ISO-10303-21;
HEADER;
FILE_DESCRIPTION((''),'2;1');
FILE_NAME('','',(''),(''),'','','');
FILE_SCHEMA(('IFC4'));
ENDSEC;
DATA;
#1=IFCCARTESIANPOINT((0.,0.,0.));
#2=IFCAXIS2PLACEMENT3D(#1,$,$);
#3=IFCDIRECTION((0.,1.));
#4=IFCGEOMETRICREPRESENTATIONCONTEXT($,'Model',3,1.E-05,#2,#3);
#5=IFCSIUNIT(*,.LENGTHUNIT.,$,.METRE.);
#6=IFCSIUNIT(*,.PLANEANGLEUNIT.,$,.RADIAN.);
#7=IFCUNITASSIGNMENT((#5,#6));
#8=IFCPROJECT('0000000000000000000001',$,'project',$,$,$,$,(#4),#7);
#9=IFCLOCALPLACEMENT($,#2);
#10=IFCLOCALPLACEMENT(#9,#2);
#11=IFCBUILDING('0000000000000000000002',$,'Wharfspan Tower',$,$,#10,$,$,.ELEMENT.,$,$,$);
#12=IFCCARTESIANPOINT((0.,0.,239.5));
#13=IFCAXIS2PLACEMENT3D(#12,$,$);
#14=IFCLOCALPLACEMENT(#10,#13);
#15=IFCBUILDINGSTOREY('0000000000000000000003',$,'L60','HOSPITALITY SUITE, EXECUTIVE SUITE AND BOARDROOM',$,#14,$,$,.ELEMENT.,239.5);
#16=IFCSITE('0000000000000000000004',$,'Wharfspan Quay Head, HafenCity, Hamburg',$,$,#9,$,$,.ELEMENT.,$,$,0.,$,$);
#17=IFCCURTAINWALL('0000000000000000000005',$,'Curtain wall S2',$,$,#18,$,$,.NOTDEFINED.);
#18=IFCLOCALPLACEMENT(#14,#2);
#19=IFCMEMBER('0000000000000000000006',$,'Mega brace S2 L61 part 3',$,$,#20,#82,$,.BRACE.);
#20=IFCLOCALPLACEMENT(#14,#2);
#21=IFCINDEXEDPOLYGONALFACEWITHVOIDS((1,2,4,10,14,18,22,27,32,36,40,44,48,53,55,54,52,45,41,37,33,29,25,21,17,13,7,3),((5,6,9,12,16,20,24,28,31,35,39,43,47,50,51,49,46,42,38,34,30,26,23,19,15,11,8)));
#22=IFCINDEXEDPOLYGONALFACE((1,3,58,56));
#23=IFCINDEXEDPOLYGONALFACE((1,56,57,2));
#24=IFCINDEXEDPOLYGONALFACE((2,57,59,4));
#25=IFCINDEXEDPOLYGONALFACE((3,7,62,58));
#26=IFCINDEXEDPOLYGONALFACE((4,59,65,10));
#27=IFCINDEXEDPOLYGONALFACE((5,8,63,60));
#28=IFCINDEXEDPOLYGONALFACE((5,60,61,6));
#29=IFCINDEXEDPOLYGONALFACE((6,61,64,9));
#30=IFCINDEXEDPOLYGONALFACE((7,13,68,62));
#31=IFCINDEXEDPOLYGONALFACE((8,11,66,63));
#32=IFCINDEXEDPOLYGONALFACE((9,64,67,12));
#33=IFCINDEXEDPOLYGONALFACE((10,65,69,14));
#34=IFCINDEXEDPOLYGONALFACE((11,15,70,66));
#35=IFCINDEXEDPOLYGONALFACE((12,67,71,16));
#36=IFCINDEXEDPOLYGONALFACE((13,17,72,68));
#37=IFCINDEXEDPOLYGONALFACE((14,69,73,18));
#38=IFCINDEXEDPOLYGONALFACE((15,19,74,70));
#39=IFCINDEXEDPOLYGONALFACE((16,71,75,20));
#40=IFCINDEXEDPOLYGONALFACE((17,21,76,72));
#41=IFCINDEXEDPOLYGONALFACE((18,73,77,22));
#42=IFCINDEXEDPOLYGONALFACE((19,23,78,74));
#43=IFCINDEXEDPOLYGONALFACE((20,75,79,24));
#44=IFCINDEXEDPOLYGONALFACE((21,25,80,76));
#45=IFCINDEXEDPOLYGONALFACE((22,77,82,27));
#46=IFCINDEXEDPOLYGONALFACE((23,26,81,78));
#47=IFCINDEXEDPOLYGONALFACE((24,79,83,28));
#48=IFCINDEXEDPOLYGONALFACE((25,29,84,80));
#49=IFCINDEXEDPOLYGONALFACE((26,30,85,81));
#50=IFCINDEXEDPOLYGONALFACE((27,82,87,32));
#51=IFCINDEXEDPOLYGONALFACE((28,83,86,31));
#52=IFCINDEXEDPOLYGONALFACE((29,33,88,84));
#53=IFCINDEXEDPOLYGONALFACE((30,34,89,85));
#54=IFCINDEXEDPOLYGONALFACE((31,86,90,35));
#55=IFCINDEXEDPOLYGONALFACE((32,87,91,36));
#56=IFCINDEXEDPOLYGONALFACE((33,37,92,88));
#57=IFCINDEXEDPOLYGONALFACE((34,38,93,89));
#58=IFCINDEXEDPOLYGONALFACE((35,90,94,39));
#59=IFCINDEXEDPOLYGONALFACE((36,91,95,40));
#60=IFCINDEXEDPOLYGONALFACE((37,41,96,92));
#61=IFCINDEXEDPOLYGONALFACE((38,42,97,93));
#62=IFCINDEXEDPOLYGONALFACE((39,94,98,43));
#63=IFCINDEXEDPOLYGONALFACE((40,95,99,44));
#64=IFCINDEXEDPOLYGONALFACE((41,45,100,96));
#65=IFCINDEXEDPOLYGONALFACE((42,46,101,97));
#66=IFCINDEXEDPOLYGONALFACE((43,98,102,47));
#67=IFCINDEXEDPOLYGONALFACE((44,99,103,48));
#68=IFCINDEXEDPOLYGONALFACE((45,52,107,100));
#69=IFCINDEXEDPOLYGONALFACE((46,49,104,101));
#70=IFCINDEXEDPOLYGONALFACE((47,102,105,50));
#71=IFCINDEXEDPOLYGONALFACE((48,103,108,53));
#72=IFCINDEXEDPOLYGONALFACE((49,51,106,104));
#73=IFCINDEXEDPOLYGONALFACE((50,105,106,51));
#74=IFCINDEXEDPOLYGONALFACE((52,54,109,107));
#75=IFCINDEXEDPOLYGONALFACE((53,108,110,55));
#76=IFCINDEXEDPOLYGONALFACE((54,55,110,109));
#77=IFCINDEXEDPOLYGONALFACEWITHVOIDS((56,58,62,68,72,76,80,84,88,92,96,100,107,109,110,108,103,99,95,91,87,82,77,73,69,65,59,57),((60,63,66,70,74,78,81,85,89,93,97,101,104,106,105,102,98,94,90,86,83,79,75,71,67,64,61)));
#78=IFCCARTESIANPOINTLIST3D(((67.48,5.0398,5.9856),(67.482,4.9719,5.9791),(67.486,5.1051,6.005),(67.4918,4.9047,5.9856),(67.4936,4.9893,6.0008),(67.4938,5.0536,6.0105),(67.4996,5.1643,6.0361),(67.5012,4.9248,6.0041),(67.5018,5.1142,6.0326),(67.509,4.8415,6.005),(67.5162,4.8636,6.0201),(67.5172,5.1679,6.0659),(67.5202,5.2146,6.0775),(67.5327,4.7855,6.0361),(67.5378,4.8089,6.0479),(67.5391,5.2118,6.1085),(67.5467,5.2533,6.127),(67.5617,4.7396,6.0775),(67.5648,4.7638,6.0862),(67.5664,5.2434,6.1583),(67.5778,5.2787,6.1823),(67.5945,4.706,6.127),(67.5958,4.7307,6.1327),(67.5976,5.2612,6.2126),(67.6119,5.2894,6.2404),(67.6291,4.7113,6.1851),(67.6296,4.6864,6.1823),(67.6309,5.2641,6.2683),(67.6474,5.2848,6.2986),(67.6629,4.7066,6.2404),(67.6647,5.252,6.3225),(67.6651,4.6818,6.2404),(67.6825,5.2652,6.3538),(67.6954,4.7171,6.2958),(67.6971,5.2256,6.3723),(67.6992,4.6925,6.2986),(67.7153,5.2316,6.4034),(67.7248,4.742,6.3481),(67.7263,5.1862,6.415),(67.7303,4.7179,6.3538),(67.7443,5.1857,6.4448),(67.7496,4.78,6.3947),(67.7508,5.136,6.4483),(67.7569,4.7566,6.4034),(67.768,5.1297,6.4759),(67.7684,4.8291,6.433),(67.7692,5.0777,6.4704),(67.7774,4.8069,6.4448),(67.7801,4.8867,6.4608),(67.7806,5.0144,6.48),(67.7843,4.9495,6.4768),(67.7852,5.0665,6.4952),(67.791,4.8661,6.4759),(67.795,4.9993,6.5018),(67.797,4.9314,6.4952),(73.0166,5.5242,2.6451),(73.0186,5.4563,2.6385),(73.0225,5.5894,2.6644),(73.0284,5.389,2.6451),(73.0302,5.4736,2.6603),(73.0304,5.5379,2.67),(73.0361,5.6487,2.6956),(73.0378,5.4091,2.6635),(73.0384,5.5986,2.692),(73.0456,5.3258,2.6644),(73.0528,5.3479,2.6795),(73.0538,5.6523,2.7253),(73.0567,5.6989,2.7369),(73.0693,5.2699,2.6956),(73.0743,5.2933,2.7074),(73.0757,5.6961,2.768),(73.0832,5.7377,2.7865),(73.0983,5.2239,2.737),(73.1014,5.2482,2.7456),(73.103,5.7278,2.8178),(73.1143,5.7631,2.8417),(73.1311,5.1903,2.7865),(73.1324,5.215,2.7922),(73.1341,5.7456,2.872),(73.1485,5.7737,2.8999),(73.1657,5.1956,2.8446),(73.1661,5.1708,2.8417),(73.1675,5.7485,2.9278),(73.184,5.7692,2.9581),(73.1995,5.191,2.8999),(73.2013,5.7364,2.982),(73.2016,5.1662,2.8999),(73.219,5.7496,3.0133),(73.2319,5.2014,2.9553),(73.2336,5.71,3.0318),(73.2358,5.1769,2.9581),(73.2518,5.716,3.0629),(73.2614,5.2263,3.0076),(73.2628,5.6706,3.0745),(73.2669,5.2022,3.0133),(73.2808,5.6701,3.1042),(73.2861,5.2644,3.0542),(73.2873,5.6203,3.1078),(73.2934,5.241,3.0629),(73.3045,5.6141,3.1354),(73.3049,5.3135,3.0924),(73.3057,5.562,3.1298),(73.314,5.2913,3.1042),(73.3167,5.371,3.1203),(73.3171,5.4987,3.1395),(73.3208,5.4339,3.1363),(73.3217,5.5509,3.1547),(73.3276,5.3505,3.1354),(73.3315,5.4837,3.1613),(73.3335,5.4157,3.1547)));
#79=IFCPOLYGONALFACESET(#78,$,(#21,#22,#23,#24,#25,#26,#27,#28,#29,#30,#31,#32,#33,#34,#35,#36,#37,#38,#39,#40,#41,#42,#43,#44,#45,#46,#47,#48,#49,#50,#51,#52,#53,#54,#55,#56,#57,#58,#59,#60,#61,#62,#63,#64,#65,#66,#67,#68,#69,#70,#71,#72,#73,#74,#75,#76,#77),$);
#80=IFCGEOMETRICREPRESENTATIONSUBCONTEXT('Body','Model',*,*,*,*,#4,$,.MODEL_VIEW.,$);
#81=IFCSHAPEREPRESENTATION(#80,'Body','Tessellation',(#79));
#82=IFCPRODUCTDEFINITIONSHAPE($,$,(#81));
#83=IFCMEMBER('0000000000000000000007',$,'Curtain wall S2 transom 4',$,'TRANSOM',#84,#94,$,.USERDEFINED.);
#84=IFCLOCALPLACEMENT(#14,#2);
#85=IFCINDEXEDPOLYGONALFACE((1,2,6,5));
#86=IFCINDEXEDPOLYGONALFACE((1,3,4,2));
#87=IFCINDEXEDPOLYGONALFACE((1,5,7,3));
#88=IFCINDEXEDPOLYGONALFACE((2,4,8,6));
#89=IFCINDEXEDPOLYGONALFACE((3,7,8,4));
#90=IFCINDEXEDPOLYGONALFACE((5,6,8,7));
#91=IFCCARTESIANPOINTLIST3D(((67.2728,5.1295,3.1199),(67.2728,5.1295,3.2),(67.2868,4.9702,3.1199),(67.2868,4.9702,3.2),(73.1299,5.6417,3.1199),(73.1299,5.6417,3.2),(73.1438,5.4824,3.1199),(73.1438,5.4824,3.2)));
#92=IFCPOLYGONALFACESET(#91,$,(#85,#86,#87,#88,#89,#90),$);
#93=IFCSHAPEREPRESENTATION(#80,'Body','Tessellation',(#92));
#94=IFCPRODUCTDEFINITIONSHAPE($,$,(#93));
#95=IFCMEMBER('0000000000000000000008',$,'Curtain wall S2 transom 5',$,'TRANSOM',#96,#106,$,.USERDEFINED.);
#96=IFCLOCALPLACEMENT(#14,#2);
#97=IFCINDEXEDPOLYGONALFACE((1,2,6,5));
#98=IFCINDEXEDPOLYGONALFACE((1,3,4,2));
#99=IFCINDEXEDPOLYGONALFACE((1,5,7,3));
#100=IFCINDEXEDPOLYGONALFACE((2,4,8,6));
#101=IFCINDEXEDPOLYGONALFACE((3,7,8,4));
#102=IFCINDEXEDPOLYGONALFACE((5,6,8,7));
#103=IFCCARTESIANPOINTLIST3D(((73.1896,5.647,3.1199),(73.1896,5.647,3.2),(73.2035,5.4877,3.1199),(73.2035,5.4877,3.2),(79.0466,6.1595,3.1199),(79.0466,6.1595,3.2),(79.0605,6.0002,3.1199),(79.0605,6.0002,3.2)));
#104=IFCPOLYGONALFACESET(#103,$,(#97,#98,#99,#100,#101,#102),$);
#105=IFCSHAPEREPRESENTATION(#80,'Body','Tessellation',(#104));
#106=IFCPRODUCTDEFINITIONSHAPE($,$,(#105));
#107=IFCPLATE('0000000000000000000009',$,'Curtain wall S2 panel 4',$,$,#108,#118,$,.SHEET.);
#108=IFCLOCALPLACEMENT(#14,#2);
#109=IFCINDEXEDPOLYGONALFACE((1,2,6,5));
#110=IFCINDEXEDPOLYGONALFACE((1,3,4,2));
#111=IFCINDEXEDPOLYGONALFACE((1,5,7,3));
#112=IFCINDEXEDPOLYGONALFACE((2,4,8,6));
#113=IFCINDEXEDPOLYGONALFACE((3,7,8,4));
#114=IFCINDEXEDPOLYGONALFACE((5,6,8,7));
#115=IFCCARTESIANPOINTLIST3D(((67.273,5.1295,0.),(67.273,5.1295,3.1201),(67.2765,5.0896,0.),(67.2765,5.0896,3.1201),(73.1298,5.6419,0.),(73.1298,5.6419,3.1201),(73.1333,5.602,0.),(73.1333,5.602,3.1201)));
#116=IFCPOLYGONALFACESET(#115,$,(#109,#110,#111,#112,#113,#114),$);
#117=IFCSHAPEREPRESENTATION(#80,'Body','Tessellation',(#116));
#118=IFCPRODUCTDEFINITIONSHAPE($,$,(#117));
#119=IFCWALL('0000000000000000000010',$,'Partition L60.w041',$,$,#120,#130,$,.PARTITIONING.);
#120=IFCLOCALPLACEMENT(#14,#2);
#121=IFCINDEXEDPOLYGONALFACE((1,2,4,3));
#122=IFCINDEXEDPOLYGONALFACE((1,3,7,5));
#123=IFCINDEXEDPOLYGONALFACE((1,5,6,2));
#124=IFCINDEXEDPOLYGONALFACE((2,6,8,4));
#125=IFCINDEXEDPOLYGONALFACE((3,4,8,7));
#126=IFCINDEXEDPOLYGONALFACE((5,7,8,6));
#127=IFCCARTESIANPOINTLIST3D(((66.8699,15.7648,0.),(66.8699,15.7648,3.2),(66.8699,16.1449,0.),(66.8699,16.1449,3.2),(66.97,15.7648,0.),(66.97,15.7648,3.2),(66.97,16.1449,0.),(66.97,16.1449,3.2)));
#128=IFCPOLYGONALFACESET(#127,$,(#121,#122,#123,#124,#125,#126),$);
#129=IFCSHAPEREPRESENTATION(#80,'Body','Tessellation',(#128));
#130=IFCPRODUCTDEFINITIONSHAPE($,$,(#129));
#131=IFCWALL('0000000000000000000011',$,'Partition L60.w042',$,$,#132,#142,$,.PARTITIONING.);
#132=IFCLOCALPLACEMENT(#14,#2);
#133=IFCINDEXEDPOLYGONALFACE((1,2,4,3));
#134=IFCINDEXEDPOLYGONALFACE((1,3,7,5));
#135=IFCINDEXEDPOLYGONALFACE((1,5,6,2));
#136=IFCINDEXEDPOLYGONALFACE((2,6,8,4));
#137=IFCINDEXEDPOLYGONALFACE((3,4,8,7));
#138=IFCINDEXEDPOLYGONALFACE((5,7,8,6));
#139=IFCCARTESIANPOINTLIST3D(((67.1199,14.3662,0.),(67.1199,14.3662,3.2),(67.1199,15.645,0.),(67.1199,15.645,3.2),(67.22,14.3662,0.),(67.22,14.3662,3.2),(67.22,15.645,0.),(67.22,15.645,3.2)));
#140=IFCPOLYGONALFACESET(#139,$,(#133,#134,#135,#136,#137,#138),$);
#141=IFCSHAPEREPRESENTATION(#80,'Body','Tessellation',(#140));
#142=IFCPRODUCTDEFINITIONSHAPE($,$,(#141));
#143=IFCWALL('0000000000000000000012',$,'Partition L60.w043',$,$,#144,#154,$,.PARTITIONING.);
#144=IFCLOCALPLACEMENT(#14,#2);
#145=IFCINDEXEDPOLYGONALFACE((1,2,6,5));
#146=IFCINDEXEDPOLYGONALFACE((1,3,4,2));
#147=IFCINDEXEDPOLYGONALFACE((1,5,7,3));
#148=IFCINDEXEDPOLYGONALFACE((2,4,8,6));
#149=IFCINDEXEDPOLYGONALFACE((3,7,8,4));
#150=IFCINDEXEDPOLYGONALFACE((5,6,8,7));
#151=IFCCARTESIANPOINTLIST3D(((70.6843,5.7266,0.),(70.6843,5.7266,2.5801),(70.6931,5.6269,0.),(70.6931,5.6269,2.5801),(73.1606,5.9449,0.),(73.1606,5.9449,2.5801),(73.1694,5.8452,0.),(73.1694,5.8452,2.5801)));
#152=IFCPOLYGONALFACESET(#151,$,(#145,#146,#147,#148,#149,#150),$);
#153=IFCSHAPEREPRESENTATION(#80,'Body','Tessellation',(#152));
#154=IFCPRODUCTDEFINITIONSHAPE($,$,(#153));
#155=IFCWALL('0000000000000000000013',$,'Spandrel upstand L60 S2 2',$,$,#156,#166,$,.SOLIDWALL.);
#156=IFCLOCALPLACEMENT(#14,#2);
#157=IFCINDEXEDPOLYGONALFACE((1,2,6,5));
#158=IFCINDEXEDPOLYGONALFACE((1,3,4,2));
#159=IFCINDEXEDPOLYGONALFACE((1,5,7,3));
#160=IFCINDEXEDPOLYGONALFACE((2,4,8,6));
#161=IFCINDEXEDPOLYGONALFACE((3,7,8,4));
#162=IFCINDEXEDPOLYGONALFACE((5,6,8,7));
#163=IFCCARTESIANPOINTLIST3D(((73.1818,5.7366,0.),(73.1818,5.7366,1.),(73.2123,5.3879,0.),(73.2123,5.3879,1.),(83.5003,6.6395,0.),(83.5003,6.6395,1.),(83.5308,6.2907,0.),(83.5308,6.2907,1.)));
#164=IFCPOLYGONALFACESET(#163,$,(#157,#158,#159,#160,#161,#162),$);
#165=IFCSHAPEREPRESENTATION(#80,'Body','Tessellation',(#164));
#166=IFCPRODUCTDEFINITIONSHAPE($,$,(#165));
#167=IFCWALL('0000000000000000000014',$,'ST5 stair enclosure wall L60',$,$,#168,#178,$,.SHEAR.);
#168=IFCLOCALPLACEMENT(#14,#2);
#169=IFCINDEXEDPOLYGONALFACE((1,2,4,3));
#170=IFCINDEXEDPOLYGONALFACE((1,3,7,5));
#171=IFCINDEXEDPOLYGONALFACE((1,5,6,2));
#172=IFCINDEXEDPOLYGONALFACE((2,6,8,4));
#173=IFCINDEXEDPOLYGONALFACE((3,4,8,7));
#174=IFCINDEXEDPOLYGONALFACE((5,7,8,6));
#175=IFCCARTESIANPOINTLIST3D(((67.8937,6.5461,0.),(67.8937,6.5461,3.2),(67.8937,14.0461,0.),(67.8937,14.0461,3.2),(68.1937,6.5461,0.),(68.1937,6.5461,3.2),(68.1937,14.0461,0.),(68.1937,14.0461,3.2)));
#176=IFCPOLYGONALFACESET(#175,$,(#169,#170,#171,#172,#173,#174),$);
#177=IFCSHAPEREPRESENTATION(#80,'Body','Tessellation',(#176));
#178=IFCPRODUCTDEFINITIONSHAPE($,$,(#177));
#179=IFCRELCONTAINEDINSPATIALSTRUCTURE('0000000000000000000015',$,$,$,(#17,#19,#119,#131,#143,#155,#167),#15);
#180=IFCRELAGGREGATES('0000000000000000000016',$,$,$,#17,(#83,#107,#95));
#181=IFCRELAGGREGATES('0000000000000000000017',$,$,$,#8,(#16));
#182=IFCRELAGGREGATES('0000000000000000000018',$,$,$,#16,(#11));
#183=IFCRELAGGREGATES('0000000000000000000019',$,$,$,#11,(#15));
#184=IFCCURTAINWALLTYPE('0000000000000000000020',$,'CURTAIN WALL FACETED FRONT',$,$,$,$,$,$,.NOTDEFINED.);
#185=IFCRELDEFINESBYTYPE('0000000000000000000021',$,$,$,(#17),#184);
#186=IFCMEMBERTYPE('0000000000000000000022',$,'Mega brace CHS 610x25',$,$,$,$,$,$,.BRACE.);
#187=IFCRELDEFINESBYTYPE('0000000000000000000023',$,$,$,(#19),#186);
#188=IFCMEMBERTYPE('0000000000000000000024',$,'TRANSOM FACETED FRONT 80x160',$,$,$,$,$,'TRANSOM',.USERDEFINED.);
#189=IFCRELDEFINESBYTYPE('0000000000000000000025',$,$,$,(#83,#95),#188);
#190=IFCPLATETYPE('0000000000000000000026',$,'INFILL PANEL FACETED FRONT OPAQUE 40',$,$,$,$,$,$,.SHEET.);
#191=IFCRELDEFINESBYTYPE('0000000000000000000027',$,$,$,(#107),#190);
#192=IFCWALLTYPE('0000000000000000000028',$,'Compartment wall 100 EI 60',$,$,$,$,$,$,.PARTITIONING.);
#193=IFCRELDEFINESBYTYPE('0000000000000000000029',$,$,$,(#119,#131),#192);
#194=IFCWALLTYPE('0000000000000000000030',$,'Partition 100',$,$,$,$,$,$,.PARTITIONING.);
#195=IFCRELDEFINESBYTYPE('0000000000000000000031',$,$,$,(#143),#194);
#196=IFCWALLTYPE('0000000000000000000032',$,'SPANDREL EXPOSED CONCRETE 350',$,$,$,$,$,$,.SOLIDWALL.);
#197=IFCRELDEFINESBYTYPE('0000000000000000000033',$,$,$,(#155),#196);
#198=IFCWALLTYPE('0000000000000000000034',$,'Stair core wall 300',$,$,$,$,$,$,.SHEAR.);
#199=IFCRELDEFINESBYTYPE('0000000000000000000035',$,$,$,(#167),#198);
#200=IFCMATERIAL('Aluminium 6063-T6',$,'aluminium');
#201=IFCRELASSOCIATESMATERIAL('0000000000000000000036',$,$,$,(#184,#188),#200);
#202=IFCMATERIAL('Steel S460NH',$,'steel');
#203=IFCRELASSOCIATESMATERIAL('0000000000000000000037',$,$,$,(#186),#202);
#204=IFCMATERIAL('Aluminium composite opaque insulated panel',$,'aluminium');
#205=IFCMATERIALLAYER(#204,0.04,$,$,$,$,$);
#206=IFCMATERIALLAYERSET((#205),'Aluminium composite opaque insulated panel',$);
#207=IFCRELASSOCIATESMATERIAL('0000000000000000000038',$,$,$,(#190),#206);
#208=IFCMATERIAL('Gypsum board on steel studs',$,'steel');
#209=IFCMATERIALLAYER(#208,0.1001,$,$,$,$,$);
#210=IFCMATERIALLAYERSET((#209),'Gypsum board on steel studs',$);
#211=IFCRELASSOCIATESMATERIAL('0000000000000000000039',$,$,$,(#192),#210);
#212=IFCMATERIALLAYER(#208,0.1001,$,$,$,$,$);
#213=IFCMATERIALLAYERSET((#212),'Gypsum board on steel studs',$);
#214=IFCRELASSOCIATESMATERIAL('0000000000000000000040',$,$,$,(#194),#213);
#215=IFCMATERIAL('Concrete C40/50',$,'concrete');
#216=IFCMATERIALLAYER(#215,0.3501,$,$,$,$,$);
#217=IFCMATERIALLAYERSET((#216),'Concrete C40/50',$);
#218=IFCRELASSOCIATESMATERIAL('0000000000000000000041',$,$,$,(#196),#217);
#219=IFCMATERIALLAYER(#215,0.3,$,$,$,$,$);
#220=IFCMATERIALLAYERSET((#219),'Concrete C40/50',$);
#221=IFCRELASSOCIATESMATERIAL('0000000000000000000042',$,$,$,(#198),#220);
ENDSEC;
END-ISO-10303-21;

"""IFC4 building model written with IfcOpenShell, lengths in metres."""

from ifc_helpers import new_model, si_unit, direction, frame, frame_2d, origin, origin_2d, place, context, subcontext, project, spatial, rectangle, hollow_circle, extrude, material, layer, layer_set, material_profile, profile_set, type_object, element, aggregate, save


model = new_model("IFC4")

# Units and contexts
model_context = context("Model", 3, precision=1e-05, world=origin(), true_north=direction((0.0, 1.0)))
body_context = subcontext(model_context, "Body", "Model", "MODEL_VIEW")
ifc_project = project(units=[si_unit("LENGTHUNIT", "METRE"), si_unit("PLANEANGLEUNIT", "RADIAN")], contexts=[model_context])

# Site, building, storey
site_placement = place(None, origin())
site = spatial("IfcSite", under=ifc_project, at=site_placement, Name="Wharfspan Quay Head, HafenCity, Hamburg", CompositionType="ELEMENT", RefElevation=0.0)
building_placement = place(site_placement, origin())
building = spatial("IfcBuilding", under=site, at=building_placement, Name="Wharfspan Tower", CompositionType="ELEMENT")
storey_placement = place(building_placement, frame((0.0, 0.0, 239.5)))
storey = spatial("IfcBuildingStorey", under=building, at=storey_placement, Name="L60", Description="HOSPITALITY SUITE, EXECUTIVE SUITE AND BOARDROOM", CompositionType="ELEMENT", Elevation=239.5)

# Curtain wall
ifc_material_1 = material(Name="Aluminium 6063-T6", Category="aluminium")
curtain_wall_type = type_object("IfcCurtainWallType", Name="CURTAIN WALL FACETED FRONT", PredefinedType="NOTDEFINED", material=ifc_material_1)
curtain_wall_placement = place(storey_placement, origin())
curtain_wall = element("IfcCurtainWall", 1, at=curtain_wall_placement, inside=storey, type_object=curtain_wall_type, Name="Curtain wall S2", PredefinedType="NOTDEFINED")

# Members
ifc_material_2 = material(Name="Steel S460NH", Category="steel")
ifc_material_profile_1 = material_profile(ifc_material_2, hollow_circle(Radius=0.3049, WallThickness=0.0249, at=origin_2d()))
ifc_profile_set_1 = profile_set([ifc_material_profile_1], Name="Steel S460NH")
member_type_1 = type_object("IfcMemberType", Name="Mega brace CHS 610x25", PredefinedType="BRACE", material=ifc_profile_set_1)
member_1_placement = place(storey_placement, frame((73.175, 5.47, 2.8999), z_axis=(-0.853829, -0.074698, 0.515166), x_axis=(0.087155, -0.996197, 0.000003)))
element("IfcMember", 2, at=member_1_placement, inside=storey, type_object=member_type_1, Name="Mega brace S2 L61 part 3", PredefinedType="BRACE", context=body_context, shape_type="SweptSolid", body=[
    extrude(hollow_circle(Radius=0.3049, WallThickness=0.0249, at=origin_2d()), origin(), (0.0, 0.0, 1.0), 6.4844),
])
ifc_material_profile_2 = material_profile(ifc_material_1, rectangle(XDim=0.1599, YDim=0.0801, at=origin_2d()))
ifc_profile_set_2 = profile_set([ifc_material_profile_2], Name="Aluminium 6063-T6")
member_type_2 = type_object("IfcMemberType", Name="TRANSOM FACETED FRONT 80x160", ElementType="TRANSOM", PredefinedType="USERDEFINED", material=ifc_profile_set_2)
member_2_placement = place(storey_placement, frame((67.2798, 5.0498, 3.1599), z_axis=(0.996198, 0.087121, 0.0), x_axis=(-0.087121, 0.996198, 0.0)))
member_2 = element("IfcMember", 3, at=member_2_placement, type_object=member_type_2, Name="Curtain wall S2 transom 4", ObjectType="TRANSOM", PredefinedType="USERDEFINED", context=body_context, shape_type="SweptSolid", body=[
    extrude(rectangle(XDim=0.1599, YDim=0.0801, at=origin_2d()), origin(), (0.0, 0.0, 1.0), 5.8794),
])
member_3_placement = place(storey_placement, frame((73.1965, 5.5674, 3.1599), z_axis=(0.996194, 0.087162, 0.0), x_axis=(-0.087162, 0.996194, 0.0)))
member_3 = element("IfcMember", 4, at=member_3_placement, type_object=member_type_2, Name="Curtain wall S2 transom 5", ObjectType="TRANSOM", PredefinedType="USERDEFINED", context=body_context, shape_type="SweptSolid", body=[
    extrude(rectangle(XDim=0.1599, YDim=0.0801, at=origin_2d()), origin(), (0.0, 0.0, 1.0), 5.8794),
])

# Plate
ifc_material_3 = material(Name="Aluminium composite opaque insulated panel", Category="aluminium")
ifc_layer_1 = layer(ifc_material_3, 0.04)
ifc_layer_set_1 = layer_set([ifc_layer_1], Name="Aluminium composite opaque insulated panel")
plate_type = type_object("IfcPlateType", Name="INFILL PANEL FACETED FRONT OPAQUE 40", PredefinedType="SHEET", material=ifc_layer_set_1)
plate_placement = place(storey_placement, frame((70.2031, 5.3657, 0.0), z_axis=(0.0, 0.0, 1.0), x_axis=(0.996197, 0.087156, 0.0)))
plate = element("IfcPlate", 5, at=plate_placement, type_object=plate_type, Name="Curtain wall S2 panel 4", PredefinedType="SHEET", context=body_context, shape_type="SweptSolid", body=[
    extrude(rectangle(XDim=5.8792, YDim=0.04, at=origin_2d()), origin(), (0.0, 0.0, 1.0), 3.1201),
])
aggregate(curtain_wall, [member_2, plate, member_3])

# Walls
ifc_material_4 = material(Name="Gypsum board on steel studs", Category="steel")
ifc_layer_2 = layer(ifc_material_4, 0.1001)
ifc_layer_set_2 = layer_set([ifc_layer_2], Name="Gypsum board on steel studs")
wall_type_1 = type_object("IfcWallType", Name="Compartment wall 100 EI 60", PredefinedType="PARTITIONING", material=ifc_layer_set_2)
wall_1_placement = place(storey_placement, frame((66.9199, 15.7649, 0.0), z_axis=(0.0, 0.0, 1.0), x_axis=(0.0, 1.0, 0.0)))
element("IfcWall", 6, at=wall_1_placement, inside=storey, type_object=wall_type_1, Name="Partition L60.w041", PredefinedType="PARTITIONING", context=body_context, shape_type="SweptSolid", body=[
    extrude(rectangle(XDim=0.3801, YDim=0.1001, at=frame_2d((0.1899, 0.0))), origin(), (0.0, 0.0, 1.0), 3.2),
])
wall_2_placement = place(storey_placement, frame((67.1699, 14.3662, 0.0), z_axis=(0.0, 0.0, 1.0), x_axis=(0.0, 1.0, 0.0)))
element("IfcWall", 7, at=wall_2_placement, inside=storey, type_object=wall_type_1, Name="Partition L60.w042", PredefinedType="PARTITIONING", context=body_context, shape_type="SweptSolid", body=[
    extrude(rectangle(XDim=1.2788, YDim=0.1001, at=frame_2d((0.6394, 0.0))), origin(), (0.0, 0.0, 1.0), 3.2),
])
ifc_layer_3 = layer(ifc_material_4, 0.1001)
ifc_layer_set_3 = layer_set([ifc_layer_3], Name="Gypsum board on steel studs")
wall_type_2 = type_object("IfcWallType", Name="Partition 100", PredefinedType="PARTITIONING", material=ifc_layer_set_3)
wall_3_placement = place(storey_placement, frame((70.6887, 5.6768, 0.0), z_axis=(0.0, 0.0, 1.0), x_axis=(0.996136, 0.087799, 0.0)))
element("IfcWall", 8, at=wall_3_placement, inside=storey, type_object=wall_type_2, Name="Partition L60.w043", PredefinedType="PARTITIONING", context=body_context, shape_type="SweptSolid", body=[
    extrude(rectangle(XDim=2.4858, YDim=0.1001, at=frame_2d((1.2429, 0.0))), origin(), (0.0, 0.0, 1.0), 2.5801),
])
ifc_material_5 = material(Name="Concrete C40/50", Category="concrete")
ifc_layer_4 = layer(ifc_material_5, 0.3501)
ifc_layer_set_4 = layer_set([ifc_layer_4], Name="Concrete C40/50")
wall_type_3 = type_object("IfcWallType", Name="SPANDREL EXPOSED CONCRETE 350", PredefinedType="SOLIDWALL", material=ifc_layer_set_4)
wall_4_placement = place(storey_placement, frame((73.197, 5.5623, 0.0), z_axis=(0.0, 0.0, 1.0), x_axis=(0.996198, 0.087163, 0.0)))
element("IfcWall", 9, at=wall_4_placement, inside=storey, type_object=wall_type_3, Name="Spandrel upstand L60 S2 2", PredefinedType="SOLIDWALL", context=body_context, shape_type="SweptSolid", body=[
    extrude(rectangle(XDim=10.3579, YDim=0.3501, at=frame_2d((5.179, 0.0))), origin(), (0.0, 0.0, 1.0), 1.0),
])
ifc_layer_5 = layer(ifc_material_5, 0.3)
ifc_layer_set_5 = layer_set([ifc_layer_5], Name="Concrete C40/50")
wall_type_4 = type_object("IfcWallType", Name="Stair core wall 300", PredefinedType="SHEAR", material=ifc_layer_set_5)
wall_5_placement = place(storey_placement, frame((68.0437, 6.5461, 0.0), z_axis=(0.0, 0.0, 1.0), x_axis=(0.0, 1.0, 0.0)))
element("IfcWall", 10, at=wall_5_placement, inside=storey, type_object=wall_type_4, Name="ST5 stair enclosure wall L60", PredefinedType="SHEAR", context=body_context, shape_type="SweptSolid", body=[
    extrude(rectangle(XDim=7.5, YDim=0.3, at=frame_2d((3.75, 0.0))), origin(), (0.0, 0.0, 1.0), 3.2),
])

save(model, "model.ifc")
